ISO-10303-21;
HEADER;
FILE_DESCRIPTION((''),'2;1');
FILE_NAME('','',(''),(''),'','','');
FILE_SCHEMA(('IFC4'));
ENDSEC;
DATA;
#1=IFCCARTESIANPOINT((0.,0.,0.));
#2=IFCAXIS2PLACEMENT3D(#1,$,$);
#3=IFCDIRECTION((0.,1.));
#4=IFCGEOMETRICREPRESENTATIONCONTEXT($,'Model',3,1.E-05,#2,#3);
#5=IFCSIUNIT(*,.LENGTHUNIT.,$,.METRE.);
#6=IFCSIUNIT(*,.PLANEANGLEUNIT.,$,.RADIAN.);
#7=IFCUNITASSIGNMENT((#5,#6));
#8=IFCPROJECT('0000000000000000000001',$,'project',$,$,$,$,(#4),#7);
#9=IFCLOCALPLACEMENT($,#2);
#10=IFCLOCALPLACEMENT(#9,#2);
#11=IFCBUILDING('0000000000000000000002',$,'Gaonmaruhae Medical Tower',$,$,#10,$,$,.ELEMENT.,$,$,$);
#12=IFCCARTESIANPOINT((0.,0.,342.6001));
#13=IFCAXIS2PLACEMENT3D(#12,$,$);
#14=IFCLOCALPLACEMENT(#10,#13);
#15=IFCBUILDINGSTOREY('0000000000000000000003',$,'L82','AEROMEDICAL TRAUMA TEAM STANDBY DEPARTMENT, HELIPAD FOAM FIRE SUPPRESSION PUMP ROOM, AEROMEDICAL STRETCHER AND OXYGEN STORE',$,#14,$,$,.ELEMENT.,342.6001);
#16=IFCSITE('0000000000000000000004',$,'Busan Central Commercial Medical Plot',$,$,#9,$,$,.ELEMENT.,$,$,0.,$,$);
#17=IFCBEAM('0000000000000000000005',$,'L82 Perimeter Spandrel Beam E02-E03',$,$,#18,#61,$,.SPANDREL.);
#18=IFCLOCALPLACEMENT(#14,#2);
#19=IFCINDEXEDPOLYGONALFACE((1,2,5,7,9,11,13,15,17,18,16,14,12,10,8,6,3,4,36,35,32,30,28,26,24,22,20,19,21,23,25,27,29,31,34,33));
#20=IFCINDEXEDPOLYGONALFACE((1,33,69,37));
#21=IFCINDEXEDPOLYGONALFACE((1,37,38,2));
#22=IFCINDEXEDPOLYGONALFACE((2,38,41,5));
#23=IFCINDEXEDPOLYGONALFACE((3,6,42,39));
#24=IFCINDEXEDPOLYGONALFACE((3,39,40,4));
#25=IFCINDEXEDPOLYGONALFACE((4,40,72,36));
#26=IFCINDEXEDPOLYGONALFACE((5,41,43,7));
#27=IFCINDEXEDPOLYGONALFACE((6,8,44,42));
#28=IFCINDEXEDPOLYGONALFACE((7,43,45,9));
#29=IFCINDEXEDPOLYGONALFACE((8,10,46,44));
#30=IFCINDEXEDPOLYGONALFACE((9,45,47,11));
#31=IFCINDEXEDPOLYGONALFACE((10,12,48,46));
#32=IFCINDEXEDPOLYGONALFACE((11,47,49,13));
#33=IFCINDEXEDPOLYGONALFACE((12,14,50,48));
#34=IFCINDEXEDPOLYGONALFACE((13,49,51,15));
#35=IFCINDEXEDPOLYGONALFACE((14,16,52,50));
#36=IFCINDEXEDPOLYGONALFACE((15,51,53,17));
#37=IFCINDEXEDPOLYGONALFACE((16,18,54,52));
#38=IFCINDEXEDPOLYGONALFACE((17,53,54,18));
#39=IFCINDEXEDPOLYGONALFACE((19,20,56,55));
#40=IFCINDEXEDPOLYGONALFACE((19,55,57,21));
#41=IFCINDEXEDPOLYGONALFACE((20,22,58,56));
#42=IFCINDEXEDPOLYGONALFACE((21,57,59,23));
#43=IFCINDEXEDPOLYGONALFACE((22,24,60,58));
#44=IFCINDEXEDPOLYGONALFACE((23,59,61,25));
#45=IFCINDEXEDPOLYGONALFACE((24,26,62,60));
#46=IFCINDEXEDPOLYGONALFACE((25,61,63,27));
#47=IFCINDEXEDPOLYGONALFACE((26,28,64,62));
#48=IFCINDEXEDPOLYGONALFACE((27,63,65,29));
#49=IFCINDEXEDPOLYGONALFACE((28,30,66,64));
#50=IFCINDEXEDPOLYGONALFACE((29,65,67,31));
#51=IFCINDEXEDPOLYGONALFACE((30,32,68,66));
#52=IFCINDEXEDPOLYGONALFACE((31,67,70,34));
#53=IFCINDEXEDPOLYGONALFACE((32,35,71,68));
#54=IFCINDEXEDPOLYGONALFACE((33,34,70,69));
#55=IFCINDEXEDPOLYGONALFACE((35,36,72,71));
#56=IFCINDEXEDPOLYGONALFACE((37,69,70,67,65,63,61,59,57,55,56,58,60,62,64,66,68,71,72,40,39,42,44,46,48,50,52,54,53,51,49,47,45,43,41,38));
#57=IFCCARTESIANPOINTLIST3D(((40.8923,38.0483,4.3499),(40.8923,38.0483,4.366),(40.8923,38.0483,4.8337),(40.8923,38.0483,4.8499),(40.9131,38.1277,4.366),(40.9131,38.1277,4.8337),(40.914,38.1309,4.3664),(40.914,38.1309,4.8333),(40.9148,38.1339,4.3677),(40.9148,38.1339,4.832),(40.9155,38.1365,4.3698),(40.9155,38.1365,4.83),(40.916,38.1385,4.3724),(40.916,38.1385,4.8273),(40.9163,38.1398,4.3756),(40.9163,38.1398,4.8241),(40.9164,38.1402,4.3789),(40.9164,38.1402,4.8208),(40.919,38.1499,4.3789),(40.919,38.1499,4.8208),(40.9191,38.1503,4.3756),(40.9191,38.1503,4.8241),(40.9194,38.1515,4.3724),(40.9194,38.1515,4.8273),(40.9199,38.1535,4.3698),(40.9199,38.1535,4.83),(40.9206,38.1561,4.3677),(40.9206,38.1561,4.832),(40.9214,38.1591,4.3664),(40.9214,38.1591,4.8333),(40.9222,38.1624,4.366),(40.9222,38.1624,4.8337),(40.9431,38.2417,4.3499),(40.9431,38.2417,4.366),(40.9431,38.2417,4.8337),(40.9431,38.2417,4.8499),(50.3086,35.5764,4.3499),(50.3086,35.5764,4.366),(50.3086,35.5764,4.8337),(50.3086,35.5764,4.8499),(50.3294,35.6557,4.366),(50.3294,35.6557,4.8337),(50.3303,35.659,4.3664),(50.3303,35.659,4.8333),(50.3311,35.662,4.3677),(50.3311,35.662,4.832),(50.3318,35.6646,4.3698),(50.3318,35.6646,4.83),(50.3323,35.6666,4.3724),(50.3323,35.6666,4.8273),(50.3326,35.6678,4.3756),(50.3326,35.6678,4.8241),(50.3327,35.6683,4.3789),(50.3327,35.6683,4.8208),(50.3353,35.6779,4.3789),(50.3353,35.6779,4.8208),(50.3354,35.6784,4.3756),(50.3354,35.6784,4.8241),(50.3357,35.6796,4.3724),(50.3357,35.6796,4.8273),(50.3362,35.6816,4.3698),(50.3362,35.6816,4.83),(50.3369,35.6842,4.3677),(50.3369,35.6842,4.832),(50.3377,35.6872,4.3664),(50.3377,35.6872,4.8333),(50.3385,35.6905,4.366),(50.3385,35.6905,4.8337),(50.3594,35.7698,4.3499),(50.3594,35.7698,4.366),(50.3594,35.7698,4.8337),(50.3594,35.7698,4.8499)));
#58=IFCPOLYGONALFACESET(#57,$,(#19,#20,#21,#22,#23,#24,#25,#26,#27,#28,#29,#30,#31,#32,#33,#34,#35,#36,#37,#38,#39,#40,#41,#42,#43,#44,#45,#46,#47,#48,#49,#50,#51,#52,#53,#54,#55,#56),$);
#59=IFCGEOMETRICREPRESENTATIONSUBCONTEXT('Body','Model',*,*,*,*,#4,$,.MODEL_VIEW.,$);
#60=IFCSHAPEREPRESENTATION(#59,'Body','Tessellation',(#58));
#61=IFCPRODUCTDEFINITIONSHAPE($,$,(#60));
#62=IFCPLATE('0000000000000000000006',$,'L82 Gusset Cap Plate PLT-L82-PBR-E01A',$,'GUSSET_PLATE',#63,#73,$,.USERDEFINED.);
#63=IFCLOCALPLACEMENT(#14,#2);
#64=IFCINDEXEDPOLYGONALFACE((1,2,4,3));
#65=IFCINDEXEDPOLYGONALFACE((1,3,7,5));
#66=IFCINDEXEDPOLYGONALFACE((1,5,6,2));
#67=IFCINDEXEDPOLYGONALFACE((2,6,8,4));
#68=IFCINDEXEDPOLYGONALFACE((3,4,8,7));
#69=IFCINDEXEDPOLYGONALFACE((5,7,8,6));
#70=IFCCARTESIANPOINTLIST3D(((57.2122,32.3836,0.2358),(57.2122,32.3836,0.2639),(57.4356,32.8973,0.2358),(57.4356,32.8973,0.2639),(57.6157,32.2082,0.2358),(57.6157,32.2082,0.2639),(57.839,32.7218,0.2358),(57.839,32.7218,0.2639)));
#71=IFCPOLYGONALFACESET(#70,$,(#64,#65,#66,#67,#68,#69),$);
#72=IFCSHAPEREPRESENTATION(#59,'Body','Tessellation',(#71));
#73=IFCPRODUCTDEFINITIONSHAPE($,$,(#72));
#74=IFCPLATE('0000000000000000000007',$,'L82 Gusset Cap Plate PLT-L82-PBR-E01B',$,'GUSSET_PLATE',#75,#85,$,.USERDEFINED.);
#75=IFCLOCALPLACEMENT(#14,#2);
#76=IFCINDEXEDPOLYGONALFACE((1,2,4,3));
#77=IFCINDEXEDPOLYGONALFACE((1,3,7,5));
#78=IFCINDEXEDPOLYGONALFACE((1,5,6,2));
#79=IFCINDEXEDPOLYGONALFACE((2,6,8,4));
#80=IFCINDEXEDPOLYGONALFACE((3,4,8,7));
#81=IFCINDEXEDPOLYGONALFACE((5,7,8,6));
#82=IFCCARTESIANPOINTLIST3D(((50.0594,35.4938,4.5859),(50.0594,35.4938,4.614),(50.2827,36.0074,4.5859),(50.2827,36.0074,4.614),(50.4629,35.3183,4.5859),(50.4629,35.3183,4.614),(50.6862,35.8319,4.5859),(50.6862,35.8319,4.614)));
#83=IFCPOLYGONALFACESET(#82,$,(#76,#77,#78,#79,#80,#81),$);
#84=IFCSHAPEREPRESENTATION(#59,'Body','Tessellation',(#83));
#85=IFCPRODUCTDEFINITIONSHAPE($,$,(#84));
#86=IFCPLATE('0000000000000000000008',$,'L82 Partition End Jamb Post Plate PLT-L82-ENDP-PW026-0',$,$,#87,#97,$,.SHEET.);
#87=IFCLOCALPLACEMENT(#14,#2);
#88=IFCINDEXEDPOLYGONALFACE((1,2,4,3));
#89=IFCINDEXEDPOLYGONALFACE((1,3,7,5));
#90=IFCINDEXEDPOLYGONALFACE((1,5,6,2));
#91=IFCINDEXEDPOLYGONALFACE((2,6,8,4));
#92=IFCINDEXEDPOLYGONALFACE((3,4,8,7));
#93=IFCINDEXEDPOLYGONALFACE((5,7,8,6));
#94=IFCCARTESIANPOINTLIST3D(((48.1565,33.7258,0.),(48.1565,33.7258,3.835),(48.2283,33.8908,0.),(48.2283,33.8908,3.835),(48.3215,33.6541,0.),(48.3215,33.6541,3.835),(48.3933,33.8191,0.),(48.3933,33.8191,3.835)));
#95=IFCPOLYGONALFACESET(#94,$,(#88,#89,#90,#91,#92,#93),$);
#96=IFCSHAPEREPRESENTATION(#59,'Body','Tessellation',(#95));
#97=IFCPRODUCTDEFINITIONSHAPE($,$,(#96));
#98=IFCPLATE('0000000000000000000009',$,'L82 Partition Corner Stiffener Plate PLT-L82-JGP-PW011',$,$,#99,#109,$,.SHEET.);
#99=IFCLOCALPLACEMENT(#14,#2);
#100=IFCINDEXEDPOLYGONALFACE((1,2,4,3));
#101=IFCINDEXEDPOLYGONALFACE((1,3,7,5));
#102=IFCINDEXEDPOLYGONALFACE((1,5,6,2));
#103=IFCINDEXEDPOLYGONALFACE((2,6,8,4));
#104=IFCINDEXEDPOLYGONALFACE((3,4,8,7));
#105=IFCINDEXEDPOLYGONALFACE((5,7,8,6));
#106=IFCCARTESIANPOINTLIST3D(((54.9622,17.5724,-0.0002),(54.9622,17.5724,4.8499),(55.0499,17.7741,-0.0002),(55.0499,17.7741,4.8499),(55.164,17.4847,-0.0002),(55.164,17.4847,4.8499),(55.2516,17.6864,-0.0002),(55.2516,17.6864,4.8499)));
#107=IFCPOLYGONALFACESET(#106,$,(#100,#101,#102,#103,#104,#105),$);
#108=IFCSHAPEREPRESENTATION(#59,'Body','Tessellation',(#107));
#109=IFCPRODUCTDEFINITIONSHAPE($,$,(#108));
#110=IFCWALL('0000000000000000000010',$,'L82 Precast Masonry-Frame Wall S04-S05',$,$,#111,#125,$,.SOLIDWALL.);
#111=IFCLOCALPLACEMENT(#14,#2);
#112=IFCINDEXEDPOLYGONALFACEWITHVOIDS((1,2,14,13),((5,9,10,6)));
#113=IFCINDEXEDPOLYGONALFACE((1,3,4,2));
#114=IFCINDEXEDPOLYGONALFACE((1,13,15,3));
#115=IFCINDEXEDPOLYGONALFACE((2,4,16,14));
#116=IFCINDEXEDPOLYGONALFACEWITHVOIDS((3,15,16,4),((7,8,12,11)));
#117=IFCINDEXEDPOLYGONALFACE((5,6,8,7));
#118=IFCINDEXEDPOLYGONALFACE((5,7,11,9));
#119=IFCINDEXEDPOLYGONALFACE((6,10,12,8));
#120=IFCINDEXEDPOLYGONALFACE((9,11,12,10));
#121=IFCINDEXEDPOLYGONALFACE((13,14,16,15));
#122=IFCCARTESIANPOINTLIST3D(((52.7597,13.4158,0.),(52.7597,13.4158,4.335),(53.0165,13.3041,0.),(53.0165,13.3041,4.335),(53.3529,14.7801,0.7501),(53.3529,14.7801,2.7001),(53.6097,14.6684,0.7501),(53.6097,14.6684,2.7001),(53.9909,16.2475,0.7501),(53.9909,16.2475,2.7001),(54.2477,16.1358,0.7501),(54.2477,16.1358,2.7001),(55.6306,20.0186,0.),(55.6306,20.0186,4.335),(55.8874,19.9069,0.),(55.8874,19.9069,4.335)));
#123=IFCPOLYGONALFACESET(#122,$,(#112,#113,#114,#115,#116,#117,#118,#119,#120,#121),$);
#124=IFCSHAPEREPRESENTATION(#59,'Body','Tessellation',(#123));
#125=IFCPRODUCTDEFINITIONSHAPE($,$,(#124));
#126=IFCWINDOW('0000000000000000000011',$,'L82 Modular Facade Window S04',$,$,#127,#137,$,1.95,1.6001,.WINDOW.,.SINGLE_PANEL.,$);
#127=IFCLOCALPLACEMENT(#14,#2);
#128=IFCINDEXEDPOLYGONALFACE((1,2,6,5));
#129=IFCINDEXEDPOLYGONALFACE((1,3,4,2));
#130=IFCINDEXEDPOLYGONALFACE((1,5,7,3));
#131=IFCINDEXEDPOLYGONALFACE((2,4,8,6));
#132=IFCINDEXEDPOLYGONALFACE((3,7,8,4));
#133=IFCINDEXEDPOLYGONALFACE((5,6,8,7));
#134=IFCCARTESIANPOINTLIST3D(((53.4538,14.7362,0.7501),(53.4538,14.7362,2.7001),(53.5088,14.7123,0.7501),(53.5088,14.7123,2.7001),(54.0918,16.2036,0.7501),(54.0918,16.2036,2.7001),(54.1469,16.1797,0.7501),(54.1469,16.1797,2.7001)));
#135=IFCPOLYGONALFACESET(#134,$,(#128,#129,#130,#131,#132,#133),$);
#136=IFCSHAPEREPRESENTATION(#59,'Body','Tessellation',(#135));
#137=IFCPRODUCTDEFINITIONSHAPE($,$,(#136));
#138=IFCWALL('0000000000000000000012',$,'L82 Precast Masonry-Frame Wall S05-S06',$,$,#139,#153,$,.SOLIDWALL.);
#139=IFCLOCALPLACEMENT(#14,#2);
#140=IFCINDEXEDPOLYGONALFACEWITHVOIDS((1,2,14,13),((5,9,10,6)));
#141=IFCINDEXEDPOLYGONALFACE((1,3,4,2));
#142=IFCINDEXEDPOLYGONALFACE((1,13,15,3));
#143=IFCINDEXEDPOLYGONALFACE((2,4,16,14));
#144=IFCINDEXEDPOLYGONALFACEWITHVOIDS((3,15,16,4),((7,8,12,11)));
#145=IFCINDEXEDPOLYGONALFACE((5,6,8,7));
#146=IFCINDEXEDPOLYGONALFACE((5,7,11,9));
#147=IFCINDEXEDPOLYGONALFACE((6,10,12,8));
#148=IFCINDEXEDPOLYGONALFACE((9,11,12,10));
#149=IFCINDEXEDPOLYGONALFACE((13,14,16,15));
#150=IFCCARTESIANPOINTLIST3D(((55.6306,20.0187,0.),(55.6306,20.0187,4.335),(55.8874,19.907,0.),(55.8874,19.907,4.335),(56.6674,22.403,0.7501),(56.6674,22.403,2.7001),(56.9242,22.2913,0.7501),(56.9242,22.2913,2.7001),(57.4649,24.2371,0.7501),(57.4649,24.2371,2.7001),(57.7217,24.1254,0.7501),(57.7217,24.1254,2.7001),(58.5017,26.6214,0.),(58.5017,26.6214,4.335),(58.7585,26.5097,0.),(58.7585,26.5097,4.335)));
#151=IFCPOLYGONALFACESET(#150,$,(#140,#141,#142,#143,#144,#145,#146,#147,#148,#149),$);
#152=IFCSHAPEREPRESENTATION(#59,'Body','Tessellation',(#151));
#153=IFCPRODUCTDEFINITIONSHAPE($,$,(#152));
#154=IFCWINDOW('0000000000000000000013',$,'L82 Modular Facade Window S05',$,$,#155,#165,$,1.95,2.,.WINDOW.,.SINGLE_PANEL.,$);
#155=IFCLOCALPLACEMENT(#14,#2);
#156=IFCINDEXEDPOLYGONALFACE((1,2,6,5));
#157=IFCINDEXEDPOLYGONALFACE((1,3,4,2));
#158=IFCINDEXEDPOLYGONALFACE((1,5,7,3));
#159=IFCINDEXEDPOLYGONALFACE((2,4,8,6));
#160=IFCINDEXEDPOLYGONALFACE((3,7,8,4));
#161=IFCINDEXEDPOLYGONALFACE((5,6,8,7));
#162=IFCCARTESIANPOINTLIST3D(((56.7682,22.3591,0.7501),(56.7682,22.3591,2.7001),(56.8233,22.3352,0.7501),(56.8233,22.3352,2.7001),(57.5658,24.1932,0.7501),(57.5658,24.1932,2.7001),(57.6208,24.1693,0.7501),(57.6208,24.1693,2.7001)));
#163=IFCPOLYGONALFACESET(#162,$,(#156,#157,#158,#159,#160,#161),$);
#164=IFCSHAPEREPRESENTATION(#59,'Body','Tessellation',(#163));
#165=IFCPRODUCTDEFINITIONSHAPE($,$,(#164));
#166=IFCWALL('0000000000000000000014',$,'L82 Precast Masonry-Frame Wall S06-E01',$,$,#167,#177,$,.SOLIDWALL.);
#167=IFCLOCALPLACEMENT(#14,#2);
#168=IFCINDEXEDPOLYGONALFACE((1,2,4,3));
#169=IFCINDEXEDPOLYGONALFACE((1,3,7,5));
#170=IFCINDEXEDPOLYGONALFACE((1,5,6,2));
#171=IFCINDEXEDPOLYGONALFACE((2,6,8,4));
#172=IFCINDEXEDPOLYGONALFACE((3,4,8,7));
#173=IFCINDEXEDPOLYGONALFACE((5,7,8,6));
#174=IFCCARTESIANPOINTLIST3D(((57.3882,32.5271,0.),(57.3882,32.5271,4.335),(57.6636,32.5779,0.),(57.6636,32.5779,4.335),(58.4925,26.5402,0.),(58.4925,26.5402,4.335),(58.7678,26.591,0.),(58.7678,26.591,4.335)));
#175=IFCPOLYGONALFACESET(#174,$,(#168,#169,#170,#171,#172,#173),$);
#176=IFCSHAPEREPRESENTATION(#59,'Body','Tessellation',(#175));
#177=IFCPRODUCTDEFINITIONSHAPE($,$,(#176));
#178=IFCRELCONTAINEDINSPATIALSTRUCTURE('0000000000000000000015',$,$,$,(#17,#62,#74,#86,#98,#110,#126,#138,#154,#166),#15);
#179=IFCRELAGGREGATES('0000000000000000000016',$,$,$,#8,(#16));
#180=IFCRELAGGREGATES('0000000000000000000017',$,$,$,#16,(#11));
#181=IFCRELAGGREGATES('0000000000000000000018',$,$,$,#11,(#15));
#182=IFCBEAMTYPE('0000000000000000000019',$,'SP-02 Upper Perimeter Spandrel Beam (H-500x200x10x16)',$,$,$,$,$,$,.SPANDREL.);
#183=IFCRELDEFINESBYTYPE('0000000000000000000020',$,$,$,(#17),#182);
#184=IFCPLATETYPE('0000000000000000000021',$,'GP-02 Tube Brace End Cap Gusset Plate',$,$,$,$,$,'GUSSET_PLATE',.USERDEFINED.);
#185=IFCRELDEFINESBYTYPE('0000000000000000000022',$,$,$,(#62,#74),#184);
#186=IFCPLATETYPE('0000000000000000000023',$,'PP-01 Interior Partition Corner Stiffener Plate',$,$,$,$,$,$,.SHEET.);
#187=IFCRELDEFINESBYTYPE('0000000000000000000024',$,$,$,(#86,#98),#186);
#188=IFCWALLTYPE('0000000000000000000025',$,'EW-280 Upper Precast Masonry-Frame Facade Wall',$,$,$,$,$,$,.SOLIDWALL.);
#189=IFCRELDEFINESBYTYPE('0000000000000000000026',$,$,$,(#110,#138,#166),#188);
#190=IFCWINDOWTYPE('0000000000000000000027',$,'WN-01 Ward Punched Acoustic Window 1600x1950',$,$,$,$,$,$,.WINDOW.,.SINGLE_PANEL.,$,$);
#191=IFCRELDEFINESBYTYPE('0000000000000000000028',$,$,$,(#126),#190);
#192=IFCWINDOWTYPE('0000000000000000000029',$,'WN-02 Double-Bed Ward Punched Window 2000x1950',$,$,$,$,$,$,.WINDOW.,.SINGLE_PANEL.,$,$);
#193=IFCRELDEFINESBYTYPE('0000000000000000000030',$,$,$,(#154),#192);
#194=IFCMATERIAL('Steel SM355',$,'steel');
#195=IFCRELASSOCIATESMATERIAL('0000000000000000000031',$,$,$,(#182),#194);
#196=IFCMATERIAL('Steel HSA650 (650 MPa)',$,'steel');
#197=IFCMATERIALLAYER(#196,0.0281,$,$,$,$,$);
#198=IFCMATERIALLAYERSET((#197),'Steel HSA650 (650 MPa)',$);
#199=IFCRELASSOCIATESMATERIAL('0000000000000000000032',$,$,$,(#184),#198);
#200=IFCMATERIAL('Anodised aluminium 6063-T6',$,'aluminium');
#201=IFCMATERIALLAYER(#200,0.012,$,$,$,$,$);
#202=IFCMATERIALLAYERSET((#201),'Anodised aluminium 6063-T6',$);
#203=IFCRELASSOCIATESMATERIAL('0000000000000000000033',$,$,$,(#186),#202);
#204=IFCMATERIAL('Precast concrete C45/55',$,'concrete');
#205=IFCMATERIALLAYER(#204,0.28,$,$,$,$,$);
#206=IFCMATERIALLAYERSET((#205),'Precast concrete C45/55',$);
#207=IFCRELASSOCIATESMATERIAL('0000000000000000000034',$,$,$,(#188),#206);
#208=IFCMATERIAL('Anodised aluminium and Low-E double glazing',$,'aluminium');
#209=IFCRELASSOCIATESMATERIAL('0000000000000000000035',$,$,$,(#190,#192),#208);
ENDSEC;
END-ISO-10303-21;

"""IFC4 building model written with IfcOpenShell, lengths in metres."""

from ifc_helpers import new_model, si_unit, direction, frame, frame_2d, origin, origin_2d, place, context, subcontext, project, spatial, rectangle, i_section, extrude, material, layer, layer_set, material_profile, profile_set, type_object, element, fill, save


model = new_model("IFC4")

# Units and contexts
model_context = context("Model", 3, precision=1e-05, world=origin(), true_north=direction((0.0, 1.0)))
body_context = subcontext(model_context, "Body", "Model", "MODEL_VIEW")
ifc_project = project(units=[si_unit("LENGTHUNIT", "METRE"), si_unit("PLANEANGLEUNIT", "RADIAN")], contexts=[model_context])

# Site, building, storey
site_placement = place(None, origin())
site = spatial("IfcSite", under=ifc_project, at=site_placement, Name="Busan Central Commercial Medical Plot", CompositionType="ELEMENT", RefElevation=0.0)
building_placement = place(site_placement, origin())
building = spatial("IfcBuilding", under=site, at=building_placement, Name="Gaonmaruhae Medical Tower", CompositionType="ELEMENT")
storey_placement = place(building_placement, frame((0.0, 0.0, 342.6001)))
storey = spatial("IfcBuildingStorey", under=building, at=storey_placement, Name="L82", Description="AEROMEDICAL TRAUMA TEAM STANDBY DEPARTMENT, HELIPAD FOAM FIRE SUPPRESSION PUMP ROOM, AEROMEDICAL STRETCHER AND OXYGEN STORE", CompositionType="ELEMENT", Elevation=342.6001)

# Shared definitions
ifc_material_1 = material(Name="Steel SM355", Category="steel")

# Beam
ifc_material_profile_1 = material_profile(ifc_material_1, i_section(OverallWidth=0.2, OverallDepth=0.5, WebThickness=0.01, FlangeThickness=0.0161, FilletRadius=0.0129, at=origin_2d()), Name="H-500x200x10x16")
ifc_profile_set_1 = profile_set([ifc_material_profile_1], Name="Steel SM355")
beam_type = type_object("IfcBeamType", Name="SP-02 Upper Perimeter Spandrel Beam (H-500x200x10x16)", PredefinedType="SPANDREL", material=ifc_profile_set_1)
beam_1_placement = place(storey_placement, frame((50.334, 35.6731, 4.5999), z_axis=(-0.967227, 0.253913, 0.0), x_axis=(-0.253913, -0.967227, 0.0)))
element("IfcBeam", 1, at=beam_1_placement, inside=storey, type_object=beam_type, Name="L82 Perimeter Spandrel Beam E02-E03", PredefinedType="SPANDREL", context=body_context, shape_type="SweptSolid", body=[
    extrude(i_section(OverallWidth=0.2, OverallDepth=0.5, WebThickness=0.01, FlangeThickness=0.0161, FilletRadius=0.0129, at=origin_2d()), origin(), (0.0, 0.0, 1.0), 9.7354),
])

# Plates
ifc_material_2 = material(Name="Steel HSA650 (650 MPa)", Category="steel")
ifc_layer_1 = layer(ifc_material_2, 0.0281)
ifc_layer_set_1 = layer_set([ifc_layer_1], Name="Steel HSA650 (650 MPa)")
plate_type_1 = type_object("IfcPlateType", Name="GP-02 Tube Brace End Cap Gusset Plate", ElementType="GUSSET_PLATE", PredefinedType="USERDEFINED", material=ifc_layer_set_1)
for number, where, z_axis, x_axis, name in (
    (2, (57.5256, 32.5527, 0.2358), (0.0, 0.0, 1.0), (0.398749, 0.91706, 0.0), "L82 Gusset Cap Plate PLT-L82-PBR-E01A"),
    (3, (50.3728, 35.6628, 4.5859), (0.0, 0.0, 1.0), (0.398749, 0.91706, 0.0), "L82 Gusset Cap Plate PLT-L82-PBR-E01B"),
):
    element("IfcPlate", number, at=place(storey_placement, frame(where, z_axis=z_axis, x_axis=x_axis)), inside=storey, type_object=plate_type_1, Name=name, ObjectType="GUSSET_PLATE", PredefinedType="USERDEFINED", context=body_context, shape_type="SweptSolid", body=[
        extrude(rectangle(XDim=0.5601, YDim=0.4399, at=origin_2d()), origin(), (0.0, 0.0, 1.0), 0.0281),
    ])
ifc_material_3 = material(Name="Anodised aluminium 6063-T6", Category="aluminium")
ifc_layer_2 = layer(ifc_material_3, 0.012)
ifc_layer_set_2 = layer_set([ifc_layer_2], Name="Anodised aluminium 6063-T6")
plate_type_2 = type_object("IfcPlateType", Name="PP-01 Interior Partition Corner Stiffener Plate", PredefinedType="SHEET", material=ifc_layer_set_2)
plate_1_placement = place(storey_placement, frame((48.2749, 33.7725, 0.0), z_axis=(0.0, 0.0, 1.0), x_axis=(-0.398765, -0.917053, 0.0)))
element("IfcPlate", 4, at=plate_1_placement, inside=storey, type_object=plate_type_2, Name="L82 Partition End Jamb Post Plate PLT-L82-ENDP-PW026-0", PredefinedType="SHEET", context=body_context, shape_type="SweptSolid", body=[
    extrude(rectangle(XDim=0.1799, YDim=0.1799, at=origin_2d()), origin(), (0.0, 0.0, 1.0), 3.835),
])
plate_2_placement = place(storey_placement, frame((55.1069, 17.6294, -0.0002), z_axis=(0.0, 0.0, 1.0), x_axis=(0.917109, -0.398637, 0.0)))
element("IfcPlate", 5, at=plate_2_placement, inside=storey, type_object=plate_type_2, Name="L82 Partition Corner Stiffener Plate PLT-L82-JGP-PW011", PredefinedType="SHEET", context=body_context, shape_type="SweptSolid", body=[
    extrude(rectangle(XDim=0.22, YDim=0.22, at=origin_2d()), origin(), (0.0, 0.0, 1.0), 4.8501),
])

# Walls, openings, windows
ifc_material_4 = material(Name="Precast concrete C45/55", Category="concrete")
ifc_layer_3 = layer(ifc_material_4, 0.28)
ifc_layer_set_3 = layer_set([ifc_layer_3], Name="Precast concrete C45/55")
wall_type_1 = type_object("IfcWallType", Name="EW-280 Upper Precast Masonry-Frame Facade Wall", PredefinedType="SOLIDWALL", material=ifc_layer_set_3)
wall_1_placement = place(storey_placement, frame((55.759, 19.9629, 0.0), z_axis=(0.0, 0.0, 1.0), x_axis=(-0.398735, -0.917066, 0.0)))
wall_1 = element("IfcWall", 6, at=wall_1_placement, inside=storey, type_object=wall_type_1, Name="L82 Precast Masonry-Frame Wall S04-S05", PredefinedType="SOLIDWALL", context=body_context, shape_type="SweptSolid", body=[
    extrude(rectangle(XDim=7.2, YDim=0.28, at=frame_2d((3.6001, 0.0))), origin(), (0.0, 0.0, 1.0), 4.335),
])
opening_1_placement = place(wall_1_placement, frame((4.1123, 0.0, 0.75)))
opening_1 = element("IfcOpeningElement", 7, at=opening_1_placement, cuts=wall_1, PredefinedType="OPENING", context=body_context, shape_type="SweptSolid", body=[
    extrude(rectangle(XDim=1.6001, YDim=1.95, at=frame_2d((0.8, 0.9751))), frame((0.0, 0.1499, 0.0), z_axis=(0.0, -1.0, 0.0), x_axis=(1.0, 0.0, 0.0)), (0.0, 0.0, 1.0), 0.3),
])
ifc_material_5 = material(Name="Anodised aluminium and Low-E double glazing", Category="aluminium")
window_type_1 = type_object("IfcWindowType", Name="WN-01 Ward Punched Acoustic Window 1600x1950", PartitioningType="SINGLE_PANEL", PredefinedType="WINDOW", material=ifc_material_5)
window_1_placement = place(opening_1_placement, origin())
window_1 = element("IfcWindow", 8, at=window_1_placement, inside=storey, type_object=window_type_1, Name="L82 Modular Facade Window S04", OverallHeight=1.95, OverallWidth=1.6001, PartitioningType="SINGLE_PANEL", PredefinedType="WINDOW", context=body_context, shape_type="SweptSolid", body=[
    extrude(rectangle(XDim=1.6001, YDim=1.95, at=frame_2d((0.8, 0.9751))), frame((0.0, 0.03, 0.0), z_axis=(0.0, -1.0, 0.0), x_axis=(1.0, 0.0, 0.0)), (0.0, 0.0, 1.0), 0.0601),
])
fill(opening_1, window_1)
wall_2_placement = place(storey_placement, frame((58.6301, 26.5657, 0.0), z_axis=(0.0, 0.0, 1.0), x_axis=(-0.398763, -0.917054, 0.0)))
wall_2 = element("IfcWall", 9, at=wall_2_placement, inside=storey, type_object=wall_type_1, Name="L82 Precast Masonry-Frame Wall S05-S06", PredefinedType="SOLIDWALL", context=body_context, shape_type="SweptSolid", body=[
    extrude(rectangle(XDim=7.2, YDim=0.28, at=frame_2d((3.6001, 0.0))), origin(), (0.0, 0.0, 1.0), 4.335),
])
opening_2_placement = place(wall_2_placement, frame((2.6001, 0.0, 0.75)))
opening_2 = element("IfcOpeningElement", 10, at=opening_2_placement, cuts=wall_2, PredefinedType="OPENING", context=body_context, shape_type="SweptSolid", body=[
    extrude(rectangle(XDim=2.0, YDim=1.95, at=frame_2d((1.0, 0.9751))), frame((0.0, 0.1499, 0.0), z_axis=(0.0, -1.0, 0.0), x_axis=(1.0, 0.0, 0.0)), (0.0, 0.0, 1.0), 0.3),
])
window_type_2 = type_object("IfcWindowType", Name="WN-02 Double-Bed Ward Punched Window 2000x1950", PartitioningType="SINGLE_PANEL", PredefinedType="WINDOW", material=ifc_material_5)
window_2_placement = place(opening_2_placement, origin())
window_2 = element("IfcWindow", 11, at=window_2_placement, inside=storey, type_object=window_type_2, Name="L82 Modular Facade Window S05", OverallHeight=1.95, OverallWidth=2.0, PartitioningType="SINGLE_PANEL", PredefinedType="WINDOW", context=body_context, shape_type="SweptSolid", body=[
    extrude(rectangle(XDim=2.0, YDim=1.95, at=frame_2d((1.0, 0.9751))), frame((0.0, 0.03, 0.0), z_axis=(0.0, -1.0, 0.0), x_axis=(1.0, 0.0, 0.0)), (0.0, 0.0, 1.0), 0.0601),
])
fill(opening_2, window_2)

# Wall
wall_3_placement = place(storey_placement, frame((57.5259, 32.5525, 0.0), z_axis=(0.0, 0.0, 1.0), x_axis=(0.181387, -0.983412, 0.0)))
element("IfcWall", 12, at=wall_3_placement, inside=storey, type_object=wall_type_1, Name="L82 Precast Masonry-Frame Wall S06-E01", PredefinedType="SOLIDWALL", context=body_context, shape_type="SweptSolid", body=[
    extrude(rectangle(XDim=6.0879, YDim=0.28, at=frame_2d((3.0439, 0.0))), origin(), (0.0, 0.0, 1.0), 4.335),
])

save(model, "model.ifc")
